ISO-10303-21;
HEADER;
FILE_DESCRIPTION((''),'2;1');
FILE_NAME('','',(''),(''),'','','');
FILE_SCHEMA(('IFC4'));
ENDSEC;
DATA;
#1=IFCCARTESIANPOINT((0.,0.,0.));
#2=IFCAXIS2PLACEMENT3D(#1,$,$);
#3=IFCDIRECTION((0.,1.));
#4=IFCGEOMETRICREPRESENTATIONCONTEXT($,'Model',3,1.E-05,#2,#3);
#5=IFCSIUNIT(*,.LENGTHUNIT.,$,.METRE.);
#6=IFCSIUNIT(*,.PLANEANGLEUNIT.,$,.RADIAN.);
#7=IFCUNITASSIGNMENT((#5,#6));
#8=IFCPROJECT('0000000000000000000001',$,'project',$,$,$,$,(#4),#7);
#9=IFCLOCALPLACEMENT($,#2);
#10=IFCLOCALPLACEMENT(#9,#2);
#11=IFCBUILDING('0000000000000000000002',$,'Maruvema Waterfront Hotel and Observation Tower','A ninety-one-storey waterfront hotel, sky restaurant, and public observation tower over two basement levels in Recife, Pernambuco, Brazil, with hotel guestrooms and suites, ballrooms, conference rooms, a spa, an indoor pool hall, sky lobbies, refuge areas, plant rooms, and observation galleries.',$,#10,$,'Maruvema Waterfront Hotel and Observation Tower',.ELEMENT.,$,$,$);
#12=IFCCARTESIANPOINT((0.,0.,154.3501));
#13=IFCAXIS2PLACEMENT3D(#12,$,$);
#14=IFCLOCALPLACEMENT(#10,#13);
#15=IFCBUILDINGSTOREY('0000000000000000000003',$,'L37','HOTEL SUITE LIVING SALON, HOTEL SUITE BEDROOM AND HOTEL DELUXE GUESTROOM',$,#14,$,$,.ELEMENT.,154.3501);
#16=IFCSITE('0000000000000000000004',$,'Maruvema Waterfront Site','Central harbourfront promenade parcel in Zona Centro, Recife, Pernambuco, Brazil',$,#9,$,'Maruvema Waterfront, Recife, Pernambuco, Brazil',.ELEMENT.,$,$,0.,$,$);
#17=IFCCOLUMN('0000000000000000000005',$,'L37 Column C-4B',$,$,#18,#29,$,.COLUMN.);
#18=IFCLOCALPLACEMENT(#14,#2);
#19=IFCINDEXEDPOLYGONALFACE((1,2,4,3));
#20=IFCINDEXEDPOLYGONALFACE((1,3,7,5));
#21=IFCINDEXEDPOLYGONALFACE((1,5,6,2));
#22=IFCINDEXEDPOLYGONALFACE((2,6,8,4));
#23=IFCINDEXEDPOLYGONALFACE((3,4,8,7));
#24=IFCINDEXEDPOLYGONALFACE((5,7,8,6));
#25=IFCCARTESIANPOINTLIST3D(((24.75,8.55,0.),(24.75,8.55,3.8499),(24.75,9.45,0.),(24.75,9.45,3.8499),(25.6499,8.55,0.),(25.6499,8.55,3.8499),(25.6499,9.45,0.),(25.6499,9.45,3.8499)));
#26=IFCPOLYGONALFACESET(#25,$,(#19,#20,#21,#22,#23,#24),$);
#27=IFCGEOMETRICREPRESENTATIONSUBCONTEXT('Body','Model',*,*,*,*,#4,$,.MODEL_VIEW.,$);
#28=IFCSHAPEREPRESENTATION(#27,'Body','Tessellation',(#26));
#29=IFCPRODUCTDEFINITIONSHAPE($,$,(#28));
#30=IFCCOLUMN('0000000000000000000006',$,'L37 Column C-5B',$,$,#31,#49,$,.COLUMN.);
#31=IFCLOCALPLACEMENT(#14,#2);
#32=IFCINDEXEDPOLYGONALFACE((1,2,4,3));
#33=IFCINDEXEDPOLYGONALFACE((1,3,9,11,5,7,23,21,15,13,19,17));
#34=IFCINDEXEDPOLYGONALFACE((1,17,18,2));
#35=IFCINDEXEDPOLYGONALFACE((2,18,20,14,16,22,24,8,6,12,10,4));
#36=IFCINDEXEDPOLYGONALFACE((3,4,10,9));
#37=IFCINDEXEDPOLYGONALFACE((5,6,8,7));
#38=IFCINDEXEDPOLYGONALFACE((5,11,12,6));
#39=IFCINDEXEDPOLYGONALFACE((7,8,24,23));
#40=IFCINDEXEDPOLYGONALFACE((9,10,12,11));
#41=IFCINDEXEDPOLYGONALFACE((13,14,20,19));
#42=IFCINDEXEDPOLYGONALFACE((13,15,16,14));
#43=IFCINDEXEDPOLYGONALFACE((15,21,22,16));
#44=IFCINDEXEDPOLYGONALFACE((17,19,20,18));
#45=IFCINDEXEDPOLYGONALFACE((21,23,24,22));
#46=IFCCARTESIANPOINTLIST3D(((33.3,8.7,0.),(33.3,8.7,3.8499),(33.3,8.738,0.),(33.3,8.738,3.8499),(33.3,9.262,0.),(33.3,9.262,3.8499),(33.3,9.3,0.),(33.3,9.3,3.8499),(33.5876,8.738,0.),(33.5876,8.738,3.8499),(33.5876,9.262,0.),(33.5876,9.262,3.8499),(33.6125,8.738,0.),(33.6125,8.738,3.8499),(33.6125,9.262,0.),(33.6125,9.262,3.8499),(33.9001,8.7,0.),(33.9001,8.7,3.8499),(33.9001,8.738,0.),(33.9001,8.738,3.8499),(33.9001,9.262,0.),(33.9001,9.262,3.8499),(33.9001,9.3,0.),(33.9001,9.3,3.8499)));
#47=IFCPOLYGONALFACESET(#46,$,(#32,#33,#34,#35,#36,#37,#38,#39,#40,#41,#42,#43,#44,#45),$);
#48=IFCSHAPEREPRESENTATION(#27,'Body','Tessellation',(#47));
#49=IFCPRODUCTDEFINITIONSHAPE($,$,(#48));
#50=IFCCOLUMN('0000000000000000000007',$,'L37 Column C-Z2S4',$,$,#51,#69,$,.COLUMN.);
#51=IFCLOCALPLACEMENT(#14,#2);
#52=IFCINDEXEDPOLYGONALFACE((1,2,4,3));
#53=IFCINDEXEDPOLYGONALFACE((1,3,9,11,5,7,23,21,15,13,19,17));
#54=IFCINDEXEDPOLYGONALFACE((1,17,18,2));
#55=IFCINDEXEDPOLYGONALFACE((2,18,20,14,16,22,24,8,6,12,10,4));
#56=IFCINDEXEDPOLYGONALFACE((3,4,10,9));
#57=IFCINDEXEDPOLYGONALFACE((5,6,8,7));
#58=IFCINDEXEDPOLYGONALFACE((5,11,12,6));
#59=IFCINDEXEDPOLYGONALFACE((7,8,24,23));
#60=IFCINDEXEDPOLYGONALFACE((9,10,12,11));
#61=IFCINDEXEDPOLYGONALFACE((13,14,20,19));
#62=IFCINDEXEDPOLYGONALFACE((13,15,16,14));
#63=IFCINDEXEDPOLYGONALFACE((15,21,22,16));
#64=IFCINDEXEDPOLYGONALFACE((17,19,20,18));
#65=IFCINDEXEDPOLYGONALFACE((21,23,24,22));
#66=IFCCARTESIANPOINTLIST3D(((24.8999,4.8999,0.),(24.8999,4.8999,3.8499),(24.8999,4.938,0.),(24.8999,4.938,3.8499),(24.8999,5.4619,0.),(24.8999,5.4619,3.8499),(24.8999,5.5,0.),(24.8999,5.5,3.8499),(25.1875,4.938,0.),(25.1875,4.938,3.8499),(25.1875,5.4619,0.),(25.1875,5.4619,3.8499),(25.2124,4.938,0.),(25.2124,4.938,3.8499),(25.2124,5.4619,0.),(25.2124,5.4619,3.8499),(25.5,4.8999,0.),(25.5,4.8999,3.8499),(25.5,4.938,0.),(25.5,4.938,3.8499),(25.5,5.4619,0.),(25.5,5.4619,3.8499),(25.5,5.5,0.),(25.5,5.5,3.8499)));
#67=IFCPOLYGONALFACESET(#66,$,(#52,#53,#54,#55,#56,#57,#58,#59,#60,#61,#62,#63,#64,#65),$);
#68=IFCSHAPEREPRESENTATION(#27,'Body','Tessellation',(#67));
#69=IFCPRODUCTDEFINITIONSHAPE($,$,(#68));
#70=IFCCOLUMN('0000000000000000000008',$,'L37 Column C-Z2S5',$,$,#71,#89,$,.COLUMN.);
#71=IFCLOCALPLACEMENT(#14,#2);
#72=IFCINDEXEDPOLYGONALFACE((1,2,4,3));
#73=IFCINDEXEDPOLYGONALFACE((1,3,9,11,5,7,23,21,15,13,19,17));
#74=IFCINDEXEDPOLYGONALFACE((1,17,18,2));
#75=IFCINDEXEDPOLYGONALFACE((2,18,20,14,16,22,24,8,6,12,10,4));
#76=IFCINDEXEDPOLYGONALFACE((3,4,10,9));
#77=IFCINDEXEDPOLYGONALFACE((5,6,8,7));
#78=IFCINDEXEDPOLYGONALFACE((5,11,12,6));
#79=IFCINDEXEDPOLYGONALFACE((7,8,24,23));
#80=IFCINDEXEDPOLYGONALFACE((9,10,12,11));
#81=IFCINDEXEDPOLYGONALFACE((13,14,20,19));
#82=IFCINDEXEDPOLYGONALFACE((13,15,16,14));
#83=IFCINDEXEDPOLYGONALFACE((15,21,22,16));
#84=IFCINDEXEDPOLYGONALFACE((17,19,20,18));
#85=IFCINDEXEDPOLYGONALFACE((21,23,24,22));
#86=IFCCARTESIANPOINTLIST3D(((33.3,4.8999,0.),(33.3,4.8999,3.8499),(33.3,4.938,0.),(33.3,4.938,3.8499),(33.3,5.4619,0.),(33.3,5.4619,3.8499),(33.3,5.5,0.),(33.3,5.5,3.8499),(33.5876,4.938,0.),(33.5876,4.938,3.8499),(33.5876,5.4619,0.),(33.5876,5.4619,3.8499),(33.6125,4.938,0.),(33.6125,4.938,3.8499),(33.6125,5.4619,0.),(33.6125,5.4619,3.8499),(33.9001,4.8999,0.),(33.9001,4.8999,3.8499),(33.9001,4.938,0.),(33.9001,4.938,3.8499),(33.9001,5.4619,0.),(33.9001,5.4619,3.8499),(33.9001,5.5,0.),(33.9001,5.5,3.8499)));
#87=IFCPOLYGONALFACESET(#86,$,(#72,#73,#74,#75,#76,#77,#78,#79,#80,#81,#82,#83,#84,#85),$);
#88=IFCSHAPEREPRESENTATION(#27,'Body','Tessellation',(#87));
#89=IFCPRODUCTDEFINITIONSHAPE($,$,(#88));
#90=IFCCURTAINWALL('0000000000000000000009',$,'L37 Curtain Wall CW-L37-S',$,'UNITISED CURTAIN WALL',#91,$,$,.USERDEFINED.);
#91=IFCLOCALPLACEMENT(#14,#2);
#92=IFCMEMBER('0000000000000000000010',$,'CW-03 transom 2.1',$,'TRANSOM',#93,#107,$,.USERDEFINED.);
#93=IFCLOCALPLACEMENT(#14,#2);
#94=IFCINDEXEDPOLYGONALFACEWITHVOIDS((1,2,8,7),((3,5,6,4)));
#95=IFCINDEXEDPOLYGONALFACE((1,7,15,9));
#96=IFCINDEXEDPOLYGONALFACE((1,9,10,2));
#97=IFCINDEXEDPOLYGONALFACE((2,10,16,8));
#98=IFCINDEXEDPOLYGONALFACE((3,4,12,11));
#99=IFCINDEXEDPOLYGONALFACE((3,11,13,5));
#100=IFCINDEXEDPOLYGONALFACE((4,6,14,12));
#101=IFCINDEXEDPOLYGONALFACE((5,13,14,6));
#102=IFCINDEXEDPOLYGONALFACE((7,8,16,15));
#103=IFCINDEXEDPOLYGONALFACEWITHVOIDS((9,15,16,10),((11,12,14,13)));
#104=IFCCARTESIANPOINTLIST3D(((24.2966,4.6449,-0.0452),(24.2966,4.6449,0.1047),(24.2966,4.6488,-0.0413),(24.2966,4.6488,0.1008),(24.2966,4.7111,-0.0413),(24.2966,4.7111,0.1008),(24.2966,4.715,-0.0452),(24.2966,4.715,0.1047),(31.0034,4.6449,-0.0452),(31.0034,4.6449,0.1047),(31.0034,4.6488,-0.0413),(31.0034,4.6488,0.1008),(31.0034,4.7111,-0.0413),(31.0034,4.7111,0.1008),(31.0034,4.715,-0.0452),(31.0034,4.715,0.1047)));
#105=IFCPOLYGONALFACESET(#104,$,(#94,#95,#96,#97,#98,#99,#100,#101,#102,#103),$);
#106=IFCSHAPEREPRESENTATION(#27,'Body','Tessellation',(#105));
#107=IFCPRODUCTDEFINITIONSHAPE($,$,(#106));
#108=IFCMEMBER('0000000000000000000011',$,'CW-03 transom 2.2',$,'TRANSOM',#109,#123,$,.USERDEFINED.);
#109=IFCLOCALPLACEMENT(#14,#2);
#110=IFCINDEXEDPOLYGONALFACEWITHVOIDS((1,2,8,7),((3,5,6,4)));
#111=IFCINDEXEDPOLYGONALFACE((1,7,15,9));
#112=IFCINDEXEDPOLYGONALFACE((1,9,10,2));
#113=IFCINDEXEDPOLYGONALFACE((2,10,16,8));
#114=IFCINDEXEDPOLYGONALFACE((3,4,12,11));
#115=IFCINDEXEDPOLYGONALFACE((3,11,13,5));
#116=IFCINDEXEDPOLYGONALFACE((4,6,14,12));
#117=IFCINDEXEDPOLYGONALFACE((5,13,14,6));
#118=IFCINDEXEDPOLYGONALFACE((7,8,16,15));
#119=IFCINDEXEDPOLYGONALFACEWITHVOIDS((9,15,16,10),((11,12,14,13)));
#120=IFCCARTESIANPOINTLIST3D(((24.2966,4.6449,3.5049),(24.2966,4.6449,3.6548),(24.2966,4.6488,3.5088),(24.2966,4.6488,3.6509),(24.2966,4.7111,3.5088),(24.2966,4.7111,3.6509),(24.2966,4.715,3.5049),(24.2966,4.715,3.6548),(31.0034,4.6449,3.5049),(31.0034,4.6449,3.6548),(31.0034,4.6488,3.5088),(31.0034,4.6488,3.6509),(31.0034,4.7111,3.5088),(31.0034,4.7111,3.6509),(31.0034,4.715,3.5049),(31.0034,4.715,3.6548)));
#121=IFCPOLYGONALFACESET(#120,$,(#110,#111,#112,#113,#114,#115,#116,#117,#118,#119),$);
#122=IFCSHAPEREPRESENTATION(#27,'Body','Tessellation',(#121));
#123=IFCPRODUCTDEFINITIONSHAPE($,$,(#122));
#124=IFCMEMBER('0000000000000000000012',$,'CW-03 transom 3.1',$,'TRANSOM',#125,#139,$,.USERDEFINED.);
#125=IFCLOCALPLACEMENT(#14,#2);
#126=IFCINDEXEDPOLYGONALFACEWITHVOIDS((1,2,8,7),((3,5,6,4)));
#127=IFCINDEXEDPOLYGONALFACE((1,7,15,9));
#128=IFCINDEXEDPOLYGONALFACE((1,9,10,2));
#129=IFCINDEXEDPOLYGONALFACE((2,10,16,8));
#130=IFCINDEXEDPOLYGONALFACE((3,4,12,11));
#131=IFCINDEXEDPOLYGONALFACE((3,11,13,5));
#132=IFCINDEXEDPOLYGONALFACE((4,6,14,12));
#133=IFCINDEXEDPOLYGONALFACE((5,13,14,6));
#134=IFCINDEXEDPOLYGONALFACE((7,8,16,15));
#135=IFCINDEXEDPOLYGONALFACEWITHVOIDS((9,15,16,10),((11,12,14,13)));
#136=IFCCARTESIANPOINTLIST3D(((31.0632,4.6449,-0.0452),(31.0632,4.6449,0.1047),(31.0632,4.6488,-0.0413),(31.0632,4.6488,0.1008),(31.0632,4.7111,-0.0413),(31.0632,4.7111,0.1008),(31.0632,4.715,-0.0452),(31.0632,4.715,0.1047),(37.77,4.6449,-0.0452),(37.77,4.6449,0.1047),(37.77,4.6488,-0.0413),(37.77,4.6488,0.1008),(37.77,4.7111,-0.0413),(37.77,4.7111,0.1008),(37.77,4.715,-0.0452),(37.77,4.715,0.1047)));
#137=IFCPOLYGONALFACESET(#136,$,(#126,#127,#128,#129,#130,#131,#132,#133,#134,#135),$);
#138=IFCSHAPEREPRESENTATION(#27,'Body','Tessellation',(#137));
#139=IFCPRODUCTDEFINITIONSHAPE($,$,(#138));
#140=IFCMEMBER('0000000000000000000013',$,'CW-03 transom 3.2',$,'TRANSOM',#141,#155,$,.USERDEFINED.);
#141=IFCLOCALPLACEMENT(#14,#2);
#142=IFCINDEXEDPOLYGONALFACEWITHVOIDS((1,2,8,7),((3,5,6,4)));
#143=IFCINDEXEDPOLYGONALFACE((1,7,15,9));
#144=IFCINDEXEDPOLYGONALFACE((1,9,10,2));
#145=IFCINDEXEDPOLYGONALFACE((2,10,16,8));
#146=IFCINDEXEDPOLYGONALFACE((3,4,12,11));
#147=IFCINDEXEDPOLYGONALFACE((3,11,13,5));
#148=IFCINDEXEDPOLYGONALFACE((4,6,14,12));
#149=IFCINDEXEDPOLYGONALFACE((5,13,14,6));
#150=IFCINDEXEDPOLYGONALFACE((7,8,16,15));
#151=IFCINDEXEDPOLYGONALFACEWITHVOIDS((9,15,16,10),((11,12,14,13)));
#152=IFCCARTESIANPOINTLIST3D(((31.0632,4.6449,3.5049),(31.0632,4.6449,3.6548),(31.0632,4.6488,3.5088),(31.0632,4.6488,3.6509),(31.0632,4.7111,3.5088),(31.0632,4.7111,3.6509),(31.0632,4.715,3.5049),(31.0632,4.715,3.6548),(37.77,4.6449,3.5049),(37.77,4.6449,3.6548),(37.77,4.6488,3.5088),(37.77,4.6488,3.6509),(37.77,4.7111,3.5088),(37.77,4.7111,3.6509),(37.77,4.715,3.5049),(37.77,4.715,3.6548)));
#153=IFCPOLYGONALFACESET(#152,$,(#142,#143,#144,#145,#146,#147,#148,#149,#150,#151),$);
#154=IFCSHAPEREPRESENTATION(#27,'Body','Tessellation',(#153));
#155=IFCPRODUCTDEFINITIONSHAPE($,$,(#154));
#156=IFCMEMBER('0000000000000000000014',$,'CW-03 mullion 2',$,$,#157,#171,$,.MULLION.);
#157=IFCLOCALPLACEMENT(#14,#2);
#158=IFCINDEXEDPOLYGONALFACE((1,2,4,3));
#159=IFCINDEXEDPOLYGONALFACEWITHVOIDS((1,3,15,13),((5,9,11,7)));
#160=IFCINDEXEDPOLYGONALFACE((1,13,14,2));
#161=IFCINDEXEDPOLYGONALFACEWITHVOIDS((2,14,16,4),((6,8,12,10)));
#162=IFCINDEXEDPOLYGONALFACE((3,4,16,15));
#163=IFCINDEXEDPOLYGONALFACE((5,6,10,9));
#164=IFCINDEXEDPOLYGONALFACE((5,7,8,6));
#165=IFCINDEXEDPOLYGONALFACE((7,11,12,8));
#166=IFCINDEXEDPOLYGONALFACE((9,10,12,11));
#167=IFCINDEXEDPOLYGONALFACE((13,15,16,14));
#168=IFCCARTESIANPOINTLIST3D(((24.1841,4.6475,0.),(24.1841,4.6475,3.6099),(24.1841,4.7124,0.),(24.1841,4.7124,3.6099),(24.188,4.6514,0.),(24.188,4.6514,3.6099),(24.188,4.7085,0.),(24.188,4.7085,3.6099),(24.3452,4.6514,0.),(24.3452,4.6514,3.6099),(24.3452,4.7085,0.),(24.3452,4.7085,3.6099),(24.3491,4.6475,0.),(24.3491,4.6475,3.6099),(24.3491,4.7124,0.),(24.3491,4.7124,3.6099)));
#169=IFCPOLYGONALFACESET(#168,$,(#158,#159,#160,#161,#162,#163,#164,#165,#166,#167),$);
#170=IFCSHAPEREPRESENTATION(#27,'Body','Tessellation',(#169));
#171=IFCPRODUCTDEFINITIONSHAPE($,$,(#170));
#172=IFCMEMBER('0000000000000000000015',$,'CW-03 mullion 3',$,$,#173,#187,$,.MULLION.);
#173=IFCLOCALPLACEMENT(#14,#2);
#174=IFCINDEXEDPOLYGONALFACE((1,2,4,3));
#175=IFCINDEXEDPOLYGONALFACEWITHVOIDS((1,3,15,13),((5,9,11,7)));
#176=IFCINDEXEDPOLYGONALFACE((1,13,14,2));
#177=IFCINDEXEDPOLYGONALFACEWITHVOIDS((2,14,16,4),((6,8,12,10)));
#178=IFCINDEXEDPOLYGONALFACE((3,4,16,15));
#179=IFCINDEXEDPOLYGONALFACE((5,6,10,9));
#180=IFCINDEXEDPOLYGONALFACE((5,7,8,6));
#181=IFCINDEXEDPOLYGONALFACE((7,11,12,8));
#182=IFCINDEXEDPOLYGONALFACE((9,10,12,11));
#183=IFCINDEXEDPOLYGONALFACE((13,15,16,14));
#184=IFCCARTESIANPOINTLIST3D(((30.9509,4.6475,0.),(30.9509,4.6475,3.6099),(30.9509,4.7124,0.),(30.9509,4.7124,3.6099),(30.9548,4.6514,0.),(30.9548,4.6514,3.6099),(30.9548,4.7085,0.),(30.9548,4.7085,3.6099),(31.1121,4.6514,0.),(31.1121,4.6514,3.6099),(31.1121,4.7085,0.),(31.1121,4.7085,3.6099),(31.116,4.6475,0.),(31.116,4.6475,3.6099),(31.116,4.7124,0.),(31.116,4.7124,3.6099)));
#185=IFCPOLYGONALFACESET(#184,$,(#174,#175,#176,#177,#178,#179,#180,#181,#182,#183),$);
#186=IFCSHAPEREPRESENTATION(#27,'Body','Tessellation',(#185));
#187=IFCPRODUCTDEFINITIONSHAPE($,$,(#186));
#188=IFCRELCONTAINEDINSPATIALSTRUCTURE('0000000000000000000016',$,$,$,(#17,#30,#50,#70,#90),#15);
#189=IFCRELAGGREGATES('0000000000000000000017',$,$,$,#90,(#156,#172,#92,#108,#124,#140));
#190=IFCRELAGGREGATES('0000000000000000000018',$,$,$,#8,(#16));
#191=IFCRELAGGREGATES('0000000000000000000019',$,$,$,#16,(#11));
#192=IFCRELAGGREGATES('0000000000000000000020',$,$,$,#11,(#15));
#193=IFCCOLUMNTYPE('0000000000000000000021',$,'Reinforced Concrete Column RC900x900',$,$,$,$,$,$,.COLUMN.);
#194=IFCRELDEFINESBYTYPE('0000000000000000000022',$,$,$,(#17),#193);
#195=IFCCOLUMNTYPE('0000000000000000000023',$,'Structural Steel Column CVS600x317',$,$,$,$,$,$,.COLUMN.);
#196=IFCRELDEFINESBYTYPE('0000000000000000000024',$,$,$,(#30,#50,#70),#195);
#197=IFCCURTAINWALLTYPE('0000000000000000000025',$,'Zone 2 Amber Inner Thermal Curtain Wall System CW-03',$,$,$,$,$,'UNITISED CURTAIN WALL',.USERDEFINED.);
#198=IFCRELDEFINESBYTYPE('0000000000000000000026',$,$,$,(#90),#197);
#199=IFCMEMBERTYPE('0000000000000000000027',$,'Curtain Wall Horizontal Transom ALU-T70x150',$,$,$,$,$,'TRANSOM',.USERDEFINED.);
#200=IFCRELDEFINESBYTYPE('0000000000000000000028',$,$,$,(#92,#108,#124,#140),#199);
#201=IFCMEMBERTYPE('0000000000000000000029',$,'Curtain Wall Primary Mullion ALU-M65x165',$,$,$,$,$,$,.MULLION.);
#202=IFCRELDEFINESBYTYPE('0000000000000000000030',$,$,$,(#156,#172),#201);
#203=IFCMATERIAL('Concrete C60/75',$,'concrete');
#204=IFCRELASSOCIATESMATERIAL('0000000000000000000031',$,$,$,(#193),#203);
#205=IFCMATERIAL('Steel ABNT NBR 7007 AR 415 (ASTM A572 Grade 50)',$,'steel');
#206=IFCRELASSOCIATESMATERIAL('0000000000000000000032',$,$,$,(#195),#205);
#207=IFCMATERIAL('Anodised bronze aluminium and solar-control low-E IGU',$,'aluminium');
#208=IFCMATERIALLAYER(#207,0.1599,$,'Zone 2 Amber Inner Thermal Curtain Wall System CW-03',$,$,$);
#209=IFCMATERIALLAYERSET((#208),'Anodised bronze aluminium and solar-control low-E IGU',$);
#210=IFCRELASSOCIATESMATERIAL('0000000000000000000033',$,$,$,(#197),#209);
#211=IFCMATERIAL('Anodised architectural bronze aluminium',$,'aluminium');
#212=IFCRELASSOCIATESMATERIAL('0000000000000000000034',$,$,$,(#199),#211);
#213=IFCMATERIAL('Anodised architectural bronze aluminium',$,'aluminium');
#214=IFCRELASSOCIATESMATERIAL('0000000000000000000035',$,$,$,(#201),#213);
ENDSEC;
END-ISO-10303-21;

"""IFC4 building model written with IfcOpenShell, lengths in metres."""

from ifc_helpers import new_model, si_unit, direction, frame, origin, origin_2d, place, context, subcontext, project, spatial, rectangle, hollow_rectangle, i_section, extrude, material, layer, layer_set, material_profile, profile_set, type_object, element, aggregate, save


model = new_model("IFC4")

# Units and contexts
model_context = context("Model", 3, precision=1e-05, world=origin(), true_north=direction((0.0, 1.0)))
body_context = subcontext(model_context, "Body", "Model", "MODEL_VIEW")
ifc_project = project(units=[si_unit("LENGTHUNIT", "METRE"), si_unit("PLANEANGLEUNIT", "RADIAN")], contexts=[model_context])

# Site, building, storey
site_placement = place(None, origin())
site = spatial("IfcSite", under=ifc_project, at=site_placement, Name="Maruvema Waterfront Site", Description="Central harbourfront promenade parcel in Zona Centro, Recife, Pernambuco, Brazil", LongName="Maruvema Waterfront, Recife, Pernambuco, Brazil", CompositionType="ELEMENT", RefElevation=0.0)
building_placement = place(site_placement, origin())
building = spatial("IfcBuilding", under=site, at=building_placement, Name="Maruvema Waterfront Hotel and Observation Tower", Description="A ninety-one-storey waterfront hotel, sky restaurant, and public observation tower over two basement levels in Recife, Pernambuco, Brazil, with hotel guestrooms and suites, ballrooms, conference rooms, a spa, an indoor pool hall, sky lobbies, refuge areas, plant rooms, and observation galleries.", LongName="Maruvema Waterfront Hotel and Observation Tower", CompositionType="ELEMENT")
storey_placement = place(building_placement, frame((0.0, 0.0, 154.3501)))
storey = spatial("IfcBuildingStorey", under=building, at=storey_placement, Name="L37", Description="HOTEL SUITE LIVING SALON, HOTEL SUITE BEDROOM AND HOTEL DELUXE GUESTROOM", CompositionType="ELEMENT", Elevation=154.3501)

# Columns
ifc_material_1 = material(Name="Concrete C60/75", Category="concrete")
ifc_material_profile_1 = material_profile(ifc_material_1, rectangle(XDim=0.8999, YDim=0.8999, at=origin_2d()), Name="RC900x900")
ifc_profile_set_1 = profile_set([ifc_material_profile_1], Name="Concrete C60/75")
column_type_1 = type_object("IfcColumnType", Name="Reinforced Concrete Column RC900x900", PredefinedType="COLUMN", material=ifc_profile_set_1)
column_placement = place(storey_placement, frame((25.2, 9.0, 0.0), z_axis=(0.0, 0.0, 1.0), x_axis=(1.0, 0.0, 0.0)))
element("IfcColumn", 1, at=column_placement, inside=storey, type_object=column_type_1, Name="L37 Column C-4B", PredefinedType="COLUMN", context=body_context, shape_type="SweptSolid", body=[
    extrude(rectangle(XDim=0.8999, YDim=0.8999, at=origin_2d()), origin(), (0.0, 0.0, 1.0), 3.8499),
])
ifc_material_2 = material(Name="Steel ABNT NBR 7007 AR 415 (ASTM A572 Grade 50)", Category="steel")
ifc_material_profile_2 = material_profile(ifc_material_2, i_section(OverallWidth=0.6001, OverallDepth=0.6001, WebThickness=0.0249, FlangeThickness=0.0381, at=origin_2d()), Name="CVS600x317")
ifc_profile_set_2 = profile_set([ifc_material_profile_2], Name="Steel ABNT NBR 7007 AR 415 (ASTM A572 Grade 50)")
column_type_2 = type_object("IfcColumnType", Name="Structural Steel Column CVS600x317", PredefinedType="COLUMN", material=ifc_profile_set_2)
for number, where, z_axis, x_axis, name in (
    (2, (33.6001, 9.0, 0.0), (0.0, 0.0, 1.0), (1.0, 0.0, 0.0), "L37 Column C-5B"),
    (3, (25.2, 5.2, 0.0), (0.0, 0.0, 1.0), (1.0, 0.0, 0.0), "L37 Column C-Z2S4"),
    (4, (33.6001, 5.2, 0.0), (0.0, 0.0, 1.0), (1.0, 0.0, 0.0), "L37 Column C-Z2S5"),
):
    element("IfcColumn", number, at=place(storey_placement, frame(where, z_axis=z_axis, x_axis=x_axis)), inside=storey, type_object=column_type_2, Name=name, PredefinedType="COLUMN", context=body_context, shape_type="SweptSolid", body=[
        extrude(i_section(OverallWidth=0.6001, OverallDepth=0.6001, WebThickness=0.0249, FlangeThickness=0.0381, at=origin_2d()), origin(), (0.0, 0.0, 1.0), 3.8499),
    ])

# Curtain wall, members
ifc_material_3 = material(Name="Anodised bronze aluminium and solar-control low-E IGU", Category="aluminium")
ifc_layer_1 = layer(ifc_material_3, 0.1599, Name="Zone 2 Amber Inner Thermal Curtain Wall System CW-03")
ifc_layer_set_1 = layer_set([ifc_layer_1], Name="Anodised bronze aluminium and solar-control low-E IGU")
curtain_wall_type = type_object("IfcCurtainWallType", Name="Zone 2 Amber Inner Thermal Curtain Wall System CW-03", ElementType="UNITISED CURTAIN WALL", PredefinedType="USERDEFINED", material=ifc_layer_set_1)
curtain_wall_placement = place(storey_placement, origin())
curtain_wall = element("IfcCurtainWall", 5, at=curtain_wall_placement, inside=storey, type_object=curtain_wall_type, Name="L37 Curtain Wall CW-L37-S", ObjectType="UNITISED CURTAIN WALL", PredefinedType="USERDEFINED")
ifc_material_4 = material(Name="Anodised architectural bronze aluminium", Category="aluminium")
ifc_material_profile_3 = material_profile(ifc_material_4, hollow_rectangle(XDim=0.0701, YDim=0.1499, WallThickness=0.0039, at=origin_2d()), Name="ALU-T70x150")
ifc_profile_set_3 = profile_set([ifc_material_profile_3], Name="Anodised architectural bronze aluminium")
member_type_1 = type_object("IfcMemberType", Name="Curtain Wall Horizontal Transom ALU-T70x150", ElementType="TRANSOM", PredefinedType="USERDEFINED", material=ifc_profile_set_3)
member_1_placement = place(storey_placement, frame((24.2966, 4.6799, 0.0298), z_axis=(1.0, 0.0, 0.0), x_axis=(0.0, 1.0, 0.0)))
member_1 = element("IfcMember", 6, at=member_1_placement, type_object=member_type_1, Name="CW-03 transom 2.1", ObjectType="TRANSOM", PredefinedType="USERDEFINED", context=body_context, shape_type="SweptSolid", body=[
    extrude(hollow_rectangle(XDim=0.0701, YDim=0.1499, WallThickness=0.0039, at=origin_2d()), origin(), (0.0, 0.0, 1.0), 6.7068),
])
member_2_placement = place(storey_placement, frame((24.2966, 4.6799, 3.5798), z_axis=(1.0, 0.0, 0.0), x_axis=(0.0, 1.0, 0.0)))
member_2 = element("IfcMember", 7, at=member_2_placement, type_object=member_type_1, Name="CW-03 transom 2.2", ObjectType="TRANSOM", PredefinedType="USERDEFINED", context=body_context, shape_type="SweptSolid", body=[
    extrude(hollow_rectangle(XDim=0.0701, YDim=0.1499, WallThickness=0.0039, at=origin_2d()), origin(), (0.0, 0.0, 1.0), 6.7068),
])
member_3_placement = place(storey_placement, frame((31.0632, 4.6799, 0.0298), z_axis=(1.0, 0.0, 0.0), x_axis=(0.0, 1.0, 0.0)))
member_3 = element("IfcMember", 8, at=member_3_placement, type_object=member_type_1, Name="CW-03 transom 3.1", ObjectType="TRANSOM", PredefinedType="USERDEFINED", context=body_context, shape_type="SweptSolid", body=[
    extrude(hollow_rectangle(XDim=0.0701, YDim=0.1499, WallThickness=0.0039, at=origin_2d()), origin(), (0.0, 0.0, 1.0), 6.7068),
])
member_4_placement = place(storey_placement, frame((31.0632, 4.6799, 3.5798), z_axis=(1.0, 0.0, 0.0), x_axis=(0.0, 1.0, 0.0)))
member_4 = element("IfcMember", 9, at=member_4_placement, type_object=member_type_1, Name="CW-03 transom 3.2", ObjectType="TRANSOM", PredefinedType="USERDEFINED", context=body_context, shape_type="SweptSolid", body=[
    extrude(hollow_rectangle(XDim=0.0701, YDim=0.1499, WallThickness=0.0039, at=origin_2d()), origin(), (0.0, 0.0, 1.0), 6.7068),
])
ifc_material_5 = material(Name="Anodised architectural bronze aluminium", Category="aluminium")
ifc_material_profile_4 = material_profile(ifc_material_5, hollow_rectangle(XDim=0.0649, YDim=0.165, WallThickness=0.0039, at=origin_2d()), Name="ALU-M65x165")
ifc_profile_set_4 = profile_set([ifc_material_profile_4], Name="Anodised architectural bronze aluminium")
member_type_2 = type_object("IfcMemberType", Name="Curtain Wall Primary Mullion ALU-M65x165", PredefinedType="MULLION", material=ifc_profile_set_4)
member_5_placement = place(storey_placement, frame((24.2666, 4.6799, 0.0), z_axis=(0.0, 0.0, 1.0), x_axis=(0.0, 1.0, 0.0)))
member_5 = element("IfcMember", 10, at=member_5_placement, type_object=member_type_2, Name="CW-03 mullion 2", PredefinedType="MULLION", context=body_context, shape_type="SweptSolid", body=[
    extrude(hollow_rectangle(XDim=0.0649, YDim=0.165, WallThickness=0.0039, at=origin_2d()), origin(), (0.0, 0.0, 1.0), 3.6099),
])
member_6_placement = place(storey_placement, frame((31.0334, 4.6799, 0.0), z_axis=(0.0, 0.0, 1.0), x_axis=(0.0, 1.0, 0.0)))
member_6 = element("IfcMember", 11, at=member_6_placement, type_object=member_type_2, Name="CW-03 mullion 3", PredefinedType="MULLION", context=body_context, shape_type="SweptSolid", body=[
    extrude(hollow_rectangle(XDim=0.0649, YDim=0.165, WallThickness=0.0039, at=origin_2d()), origin(), (0.0, 0.0, 1.0), 3.6099),
])

aggregate(curtain_wall, [member_5, member_6, member_1, member_2, member_3, member_4])

save(model, "model.ifc")
